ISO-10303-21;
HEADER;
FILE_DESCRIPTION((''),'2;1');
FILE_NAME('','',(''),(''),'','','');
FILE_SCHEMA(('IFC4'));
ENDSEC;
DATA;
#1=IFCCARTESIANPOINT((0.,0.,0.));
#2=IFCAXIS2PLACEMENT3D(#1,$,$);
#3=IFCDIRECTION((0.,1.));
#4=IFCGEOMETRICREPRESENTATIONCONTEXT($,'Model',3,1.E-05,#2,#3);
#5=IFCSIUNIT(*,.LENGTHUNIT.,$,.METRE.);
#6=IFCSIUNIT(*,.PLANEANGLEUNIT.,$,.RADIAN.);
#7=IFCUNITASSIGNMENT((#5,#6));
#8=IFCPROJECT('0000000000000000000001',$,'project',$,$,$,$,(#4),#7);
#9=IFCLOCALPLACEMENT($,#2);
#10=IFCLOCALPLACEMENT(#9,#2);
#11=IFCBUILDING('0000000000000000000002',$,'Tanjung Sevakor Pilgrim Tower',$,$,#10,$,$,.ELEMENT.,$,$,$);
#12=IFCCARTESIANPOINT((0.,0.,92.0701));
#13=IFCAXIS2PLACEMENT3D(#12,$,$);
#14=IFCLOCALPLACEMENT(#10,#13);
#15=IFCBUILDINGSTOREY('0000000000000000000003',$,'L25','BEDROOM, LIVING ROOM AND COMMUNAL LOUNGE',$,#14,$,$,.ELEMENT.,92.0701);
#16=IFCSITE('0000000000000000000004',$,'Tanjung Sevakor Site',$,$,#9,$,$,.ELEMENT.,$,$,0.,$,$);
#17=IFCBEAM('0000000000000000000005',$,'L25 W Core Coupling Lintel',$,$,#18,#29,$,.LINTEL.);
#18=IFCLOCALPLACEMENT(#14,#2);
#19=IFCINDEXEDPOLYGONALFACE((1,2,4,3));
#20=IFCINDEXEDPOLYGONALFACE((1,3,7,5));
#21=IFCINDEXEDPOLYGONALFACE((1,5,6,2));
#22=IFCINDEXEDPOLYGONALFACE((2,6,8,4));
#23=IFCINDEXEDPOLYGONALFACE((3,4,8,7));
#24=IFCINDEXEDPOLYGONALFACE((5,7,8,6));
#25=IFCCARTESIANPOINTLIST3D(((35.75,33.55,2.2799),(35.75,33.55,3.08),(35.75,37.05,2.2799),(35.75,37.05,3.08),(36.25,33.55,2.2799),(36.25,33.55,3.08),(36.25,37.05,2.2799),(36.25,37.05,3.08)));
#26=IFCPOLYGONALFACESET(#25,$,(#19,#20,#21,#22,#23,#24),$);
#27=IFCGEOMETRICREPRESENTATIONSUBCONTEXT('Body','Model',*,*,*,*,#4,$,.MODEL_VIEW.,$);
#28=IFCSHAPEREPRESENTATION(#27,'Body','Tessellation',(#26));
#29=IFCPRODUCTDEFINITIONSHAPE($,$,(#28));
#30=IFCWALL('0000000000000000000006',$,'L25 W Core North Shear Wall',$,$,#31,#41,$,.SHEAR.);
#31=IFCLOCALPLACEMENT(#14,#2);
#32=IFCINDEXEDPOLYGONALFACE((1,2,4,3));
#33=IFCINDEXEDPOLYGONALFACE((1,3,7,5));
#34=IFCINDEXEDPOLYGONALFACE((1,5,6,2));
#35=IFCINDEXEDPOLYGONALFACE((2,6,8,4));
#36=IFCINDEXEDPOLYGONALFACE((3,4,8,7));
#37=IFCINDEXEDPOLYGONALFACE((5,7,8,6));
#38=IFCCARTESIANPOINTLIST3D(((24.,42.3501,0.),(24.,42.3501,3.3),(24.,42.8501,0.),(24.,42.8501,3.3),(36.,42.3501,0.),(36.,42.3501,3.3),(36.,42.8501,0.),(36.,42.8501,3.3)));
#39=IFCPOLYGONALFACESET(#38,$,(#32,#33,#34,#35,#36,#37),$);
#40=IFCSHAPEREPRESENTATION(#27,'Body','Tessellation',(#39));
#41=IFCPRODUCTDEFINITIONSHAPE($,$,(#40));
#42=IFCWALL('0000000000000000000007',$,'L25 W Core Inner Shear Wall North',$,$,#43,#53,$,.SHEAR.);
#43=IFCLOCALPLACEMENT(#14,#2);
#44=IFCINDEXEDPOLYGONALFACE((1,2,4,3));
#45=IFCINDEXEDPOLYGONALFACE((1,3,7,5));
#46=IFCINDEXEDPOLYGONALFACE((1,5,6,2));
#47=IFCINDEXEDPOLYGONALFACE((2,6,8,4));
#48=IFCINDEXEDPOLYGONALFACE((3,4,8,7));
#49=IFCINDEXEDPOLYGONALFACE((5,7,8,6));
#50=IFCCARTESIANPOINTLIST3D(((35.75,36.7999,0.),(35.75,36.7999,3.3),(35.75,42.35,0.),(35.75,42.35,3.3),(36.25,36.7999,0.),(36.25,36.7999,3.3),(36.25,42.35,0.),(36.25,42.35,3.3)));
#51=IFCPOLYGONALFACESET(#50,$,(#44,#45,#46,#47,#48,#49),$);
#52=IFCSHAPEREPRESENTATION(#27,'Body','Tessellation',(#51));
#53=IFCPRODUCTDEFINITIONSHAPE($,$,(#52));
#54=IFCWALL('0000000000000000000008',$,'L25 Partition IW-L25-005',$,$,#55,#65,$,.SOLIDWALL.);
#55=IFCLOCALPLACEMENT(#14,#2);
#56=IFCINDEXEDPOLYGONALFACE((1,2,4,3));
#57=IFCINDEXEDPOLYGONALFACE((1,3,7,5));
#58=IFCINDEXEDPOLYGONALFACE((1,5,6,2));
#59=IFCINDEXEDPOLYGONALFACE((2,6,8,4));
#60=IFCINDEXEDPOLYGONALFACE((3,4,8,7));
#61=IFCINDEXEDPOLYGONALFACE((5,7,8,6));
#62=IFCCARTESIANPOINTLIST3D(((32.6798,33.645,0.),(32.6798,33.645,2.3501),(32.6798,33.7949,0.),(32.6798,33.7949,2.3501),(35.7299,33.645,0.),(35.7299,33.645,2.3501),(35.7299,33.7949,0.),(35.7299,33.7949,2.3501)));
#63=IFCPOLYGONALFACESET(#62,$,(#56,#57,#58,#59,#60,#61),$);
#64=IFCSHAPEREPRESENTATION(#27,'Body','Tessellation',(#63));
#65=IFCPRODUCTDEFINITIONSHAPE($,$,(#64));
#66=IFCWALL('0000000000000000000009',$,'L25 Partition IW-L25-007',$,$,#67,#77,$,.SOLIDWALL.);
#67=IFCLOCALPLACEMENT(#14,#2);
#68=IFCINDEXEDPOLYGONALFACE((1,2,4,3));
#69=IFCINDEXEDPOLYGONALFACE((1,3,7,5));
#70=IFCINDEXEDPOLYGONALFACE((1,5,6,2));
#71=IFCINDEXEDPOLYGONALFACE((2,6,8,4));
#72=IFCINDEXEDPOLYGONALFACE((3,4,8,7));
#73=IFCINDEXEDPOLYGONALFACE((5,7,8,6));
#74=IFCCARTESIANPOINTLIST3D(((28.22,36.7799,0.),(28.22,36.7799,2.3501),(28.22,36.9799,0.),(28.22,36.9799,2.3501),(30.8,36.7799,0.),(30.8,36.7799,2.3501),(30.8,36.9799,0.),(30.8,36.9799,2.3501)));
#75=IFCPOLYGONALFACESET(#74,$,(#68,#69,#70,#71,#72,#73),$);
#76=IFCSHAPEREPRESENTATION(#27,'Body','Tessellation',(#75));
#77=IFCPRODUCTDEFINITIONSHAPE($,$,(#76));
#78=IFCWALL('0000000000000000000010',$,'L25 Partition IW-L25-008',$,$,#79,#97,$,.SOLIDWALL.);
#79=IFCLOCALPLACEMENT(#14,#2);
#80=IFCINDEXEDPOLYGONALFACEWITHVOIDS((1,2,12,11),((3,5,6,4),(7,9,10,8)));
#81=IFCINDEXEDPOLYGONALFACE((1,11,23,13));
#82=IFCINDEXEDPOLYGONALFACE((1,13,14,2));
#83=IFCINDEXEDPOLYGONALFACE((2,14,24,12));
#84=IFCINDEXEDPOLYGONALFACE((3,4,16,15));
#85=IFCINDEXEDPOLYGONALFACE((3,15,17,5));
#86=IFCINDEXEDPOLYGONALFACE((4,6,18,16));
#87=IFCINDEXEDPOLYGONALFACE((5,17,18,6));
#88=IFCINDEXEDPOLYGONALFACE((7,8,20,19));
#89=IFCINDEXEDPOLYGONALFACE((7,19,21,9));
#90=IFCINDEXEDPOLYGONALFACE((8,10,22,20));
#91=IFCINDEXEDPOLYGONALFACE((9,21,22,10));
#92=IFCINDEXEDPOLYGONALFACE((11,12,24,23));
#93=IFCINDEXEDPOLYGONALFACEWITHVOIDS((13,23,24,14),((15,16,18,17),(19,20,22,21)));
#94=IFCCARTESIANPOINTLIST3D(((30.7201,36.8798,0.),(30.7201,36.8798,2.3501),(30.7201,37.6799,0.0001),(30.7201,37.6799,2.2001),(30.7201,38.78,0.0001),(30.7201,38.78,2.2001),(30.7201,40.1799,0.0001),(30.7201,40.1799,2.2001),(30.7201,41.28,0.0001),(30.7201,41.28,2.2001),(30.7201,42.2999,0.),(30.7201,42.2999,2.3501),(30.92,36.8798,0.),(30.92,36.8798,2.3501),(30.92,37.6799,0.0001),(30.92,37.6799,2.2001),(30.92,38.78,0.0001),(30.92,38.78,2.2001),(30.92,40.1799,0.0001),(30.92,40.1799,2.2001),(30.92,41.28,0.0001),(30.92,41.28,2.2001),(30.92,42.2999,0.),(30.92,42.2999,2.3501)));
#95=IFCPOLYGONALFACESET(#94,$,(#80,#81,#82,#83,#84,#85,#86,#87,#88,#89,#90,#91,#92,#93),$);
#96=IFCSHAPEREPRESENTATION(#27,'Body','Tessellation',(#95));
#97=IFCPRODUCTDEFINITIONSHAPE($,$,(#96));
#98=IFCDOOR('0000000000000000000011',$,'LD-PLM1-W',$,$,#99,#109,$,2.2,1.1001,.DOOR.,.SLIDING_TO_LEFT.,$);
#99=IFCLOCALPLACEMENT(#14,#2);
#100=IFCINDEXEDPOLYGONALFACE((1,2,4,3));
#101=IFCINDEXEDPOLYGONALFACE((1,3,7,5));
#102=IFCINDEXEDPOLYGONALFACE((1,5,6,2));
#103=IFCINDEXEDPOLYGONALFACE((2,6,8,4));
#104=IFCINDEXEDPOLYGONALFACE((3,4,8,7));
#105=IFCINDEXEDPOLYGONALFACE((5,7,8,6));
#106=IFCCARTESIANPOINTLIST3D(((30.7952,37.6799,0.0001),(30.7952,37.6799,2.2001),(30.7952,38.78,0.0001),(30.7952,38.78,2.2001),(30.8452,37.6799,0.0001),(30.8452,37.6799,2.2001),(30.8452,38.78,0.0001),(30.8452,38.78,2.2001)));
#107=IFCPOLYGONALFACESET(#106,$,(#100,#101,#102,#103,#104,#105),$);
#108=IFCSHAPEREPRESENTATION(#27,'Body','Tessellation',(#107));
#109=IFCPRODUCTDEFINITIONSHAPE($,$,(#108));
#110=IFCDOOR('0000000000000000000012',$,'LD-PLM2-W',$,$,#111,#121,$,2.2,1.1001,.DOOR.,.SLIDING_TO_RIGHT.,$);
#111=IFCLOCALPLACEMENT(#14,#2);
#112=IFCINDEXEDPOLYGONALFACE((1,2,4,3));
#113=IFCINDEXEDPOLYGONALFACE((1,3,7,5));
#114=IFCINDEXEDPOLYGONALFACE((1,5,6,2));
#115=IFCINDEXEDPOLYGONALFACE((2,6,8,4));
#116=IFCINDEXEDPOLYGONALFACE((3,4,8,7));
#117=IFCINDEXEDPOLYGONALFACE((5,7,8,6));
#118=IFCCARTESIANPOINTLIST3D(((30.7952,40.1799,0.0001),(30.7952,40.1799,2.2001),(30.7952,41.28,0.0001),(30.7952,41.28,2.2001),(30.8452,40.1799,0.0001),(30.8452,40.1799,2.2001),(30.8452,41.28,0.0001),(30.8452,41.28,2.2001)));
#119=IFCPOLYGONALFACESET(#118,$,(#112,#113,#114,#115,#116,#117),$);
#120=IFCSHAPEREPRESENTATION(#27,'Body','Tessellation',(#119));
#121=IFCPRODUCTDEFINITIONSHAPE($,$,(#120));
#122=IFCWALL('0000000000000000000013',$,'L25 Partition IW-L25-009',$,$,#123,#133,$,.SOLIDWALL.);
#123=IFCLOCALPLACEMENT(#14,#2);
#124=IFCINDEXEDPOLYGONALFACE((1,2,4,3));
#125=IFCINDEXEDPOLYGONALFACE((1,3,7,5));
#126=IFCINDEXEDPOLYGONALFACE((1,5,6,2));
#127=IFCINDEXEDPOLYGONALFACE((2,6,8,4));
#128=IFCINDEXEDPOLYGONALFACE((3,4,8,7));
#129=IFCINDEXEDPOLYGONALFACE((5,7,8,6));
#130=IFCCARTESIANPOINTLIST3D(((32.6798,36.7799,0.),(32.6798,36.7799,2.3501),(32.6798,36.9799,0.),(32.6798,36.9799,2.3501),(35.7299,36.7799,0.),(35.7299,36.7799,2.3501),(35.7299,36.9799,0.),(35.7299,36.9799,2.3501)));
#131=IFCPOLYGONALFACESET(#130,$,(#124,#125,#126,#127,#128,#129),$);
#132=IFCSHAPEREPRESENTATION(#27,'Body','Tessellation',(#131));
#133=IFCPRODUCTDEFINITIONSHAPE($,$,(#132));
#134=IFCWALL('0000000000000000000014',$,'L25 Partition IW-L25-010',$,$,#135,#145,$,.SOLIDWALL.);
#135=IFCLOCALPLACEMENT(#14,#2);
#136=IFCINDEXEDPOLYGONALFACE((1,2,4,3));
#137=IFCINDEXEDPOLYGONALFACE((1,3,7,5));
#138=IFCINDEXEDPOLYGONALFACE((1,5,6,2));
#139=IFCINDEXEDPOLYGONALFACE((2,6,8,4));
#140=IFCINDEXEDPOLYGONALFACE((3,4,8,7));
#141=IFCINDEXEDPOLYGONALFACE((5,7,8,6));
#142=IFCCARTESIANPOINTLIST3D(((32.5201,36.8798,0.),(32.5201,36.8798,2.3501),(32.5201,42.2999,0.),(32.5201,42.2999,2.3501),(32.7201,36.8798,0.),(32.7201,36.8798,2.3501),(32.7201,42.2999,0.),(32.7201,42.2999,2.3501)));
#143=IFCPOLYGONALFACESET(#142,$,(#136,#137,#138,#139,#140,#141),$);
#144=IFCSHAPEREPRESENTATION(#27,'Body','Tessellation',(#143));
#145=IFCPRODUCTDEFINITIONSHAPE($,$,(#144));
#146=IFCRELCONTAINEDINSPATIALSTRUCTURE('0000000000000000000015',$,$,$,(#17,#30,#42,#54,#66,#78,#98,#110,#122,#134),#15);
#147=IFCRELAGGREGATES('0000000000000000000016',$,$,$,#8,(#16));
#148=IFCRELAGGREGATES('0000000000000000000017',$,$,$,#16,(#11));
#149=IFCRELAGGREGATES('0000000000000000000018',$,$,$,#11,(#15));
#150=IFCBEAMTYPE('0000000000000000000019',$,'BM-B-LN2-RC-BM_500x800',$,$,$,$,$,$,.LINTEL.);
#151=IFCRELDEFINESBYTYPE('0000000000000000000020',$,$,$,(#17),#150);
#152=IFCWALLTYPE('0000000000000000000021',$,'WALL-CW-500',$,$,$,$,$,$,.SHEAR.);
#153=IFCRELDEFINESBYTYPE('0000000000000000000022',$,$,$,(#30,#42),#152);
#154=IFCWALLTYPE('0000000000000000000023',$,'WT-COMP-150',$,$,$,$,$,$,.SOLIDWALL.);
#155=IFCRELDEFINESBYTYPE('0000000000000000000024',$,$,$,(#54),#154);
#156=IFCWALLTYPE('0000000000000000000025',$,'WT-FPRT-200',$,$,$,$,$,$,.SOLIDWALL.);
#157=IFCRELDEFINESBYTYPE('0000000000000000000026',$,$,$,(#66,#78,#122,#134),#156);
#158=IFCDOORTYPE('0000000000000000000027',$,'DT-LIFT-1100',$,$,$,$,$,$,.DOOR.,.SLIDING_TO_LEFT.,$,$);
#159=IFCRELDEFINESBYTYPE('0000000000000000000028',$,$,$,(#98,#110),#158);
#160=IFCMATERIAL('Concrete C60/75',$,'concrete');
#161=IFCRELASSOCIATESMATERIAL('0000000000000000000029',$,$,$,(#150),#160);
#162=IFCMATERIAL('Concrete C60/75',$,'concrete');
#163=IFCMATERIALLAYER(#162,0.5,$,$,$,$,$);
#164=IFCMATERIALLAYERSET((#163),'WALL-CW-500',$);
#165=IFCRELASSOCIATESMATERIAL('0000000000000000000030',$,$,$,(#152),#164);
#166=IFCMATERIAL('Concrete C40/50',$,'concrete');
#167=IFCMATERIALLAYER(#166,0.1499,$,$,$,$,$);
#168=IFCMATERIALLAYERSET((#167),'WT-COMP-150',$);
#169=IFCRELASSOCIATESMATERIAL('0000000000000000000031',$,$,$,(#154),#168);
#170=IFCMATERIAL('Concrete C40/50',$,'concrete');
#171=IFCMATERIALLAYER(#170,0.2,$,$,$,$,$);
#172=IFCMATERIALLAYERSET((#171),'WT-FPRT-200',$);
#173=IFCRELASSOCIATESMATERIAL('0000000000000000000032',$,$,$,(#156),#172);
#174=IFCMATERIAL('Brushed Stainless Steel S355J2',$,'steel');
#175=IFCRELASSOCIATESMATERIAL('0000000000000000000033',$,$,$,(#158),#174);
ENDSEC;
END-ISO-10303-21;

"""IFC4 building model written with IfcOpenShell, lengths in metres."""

from ifc_helpers import new_model, si_unit, direction, frame, frame_2d, origin, origin_2d, place, context, subcontext, project, spatial, rectangle, extrude, material, layer, layer_set, material_profile, profile_set, type_object, element, fill, save


model = new_model("IFC4")

# Units and contexts
model_context = context("Model", 3, precision=1e-05, world=origin(), true_north=direction((0.0, 1.0)))
body_context = subcontext(model_context, "Body", "Model", "MODEL_VIEW")
ifc_project = project(units=[si_unit("LENGTHUNIT", "METRE"), si_unit("PLANEANGLEUNIT", "RADIAN")], contexts=[model_context])

# Site, building, storey
site_placement = place(None, origin())
site = spatial("IfcSite", under=ifc_project, at=site_placement, Name="Tanjung Sevakor Site", CompositionType="ELEMENT", RefElevation=0.0)
building_placement = place(site_placement, origin())
building = spatial("IfcBuilding", under=site, at=building_placement, Name="Tanjung Sevakor Pilgrim Tower", CompositionType="ELEMENT")
storey_placement = place(building_placement, frame((0.0, 0.0, 92.0701)))
storey = spatial("IfcBuildingStorey", under=building, at=storey_placement, Name="L25", Description="BEDROOM, LIVING ROOM AND COMMUNAL LOUNGE", CompositionType="ELEMENT", Elevation=92.0701)

# Beam
ifc_material_1 = material(Name="Concrete C60/75", Category="concrete")
ifc_material_profile_1 = material_profile(ifc_material_1, rectangle(XDim=0.5, YDim=0.8, at=origin_2d()))
ifc_profile_set_1 = profile_set([ifc_material_profile_1], Name="Concrete C60/75")
beam_type_1 = type_object("IfcBeamType", Name="BM-B-LN2-RC-BM_500x800", PredefinedType="LINTEL", material=ifc_profile_set_1)
beam_1_placement = place(storey_placement, frame((36.0, 33.55, 2.6799), z_axis=(0.0, 1.0, 0.0), x_axis=(-1.0, 0.0, 0.0)))
element("IfcBeam", 1, at=beam_1_placement, inside=storey, type_object=beam_type_1, Name="L25 W Core Coupling Lintel", PredefinedType="LINTEL", context=body_context, shape_type="SweptSolid", body=[
    extrude(rectangle(XDim=0.5, YDim=0.8, at=origin_2d()), origin(), (0.0, 0.0, 1.0), 3.5),
])

# Walls
ifc_material_2 = material(Name="Concrete C60/75", Category="concrete")
ifc_layer_1 = layer(ifc_material_2, 0.5)
ifc_layer_set_1 = layer_set([ifc_layer_1], Name="WALL-CW-500")
wall_type_1 = type_object("IfcWallType", Name="WALL-CW-500", PredefinedType="SHEAR", material=ifc_layer_set_1)
wall_1_placement = place(storey_placement, frame((36.0, 42.6001, 0.0), z_axis=(0.0, 0.0, 1.0), x_axis=(-1.0, 0.0, 0.0)))
element("IfcWall", 2, at=wall_1_placement, inside=storey, type_object=wall_type_1, Name="L25 W Core North Shear Wall", PredefinedType="SHEAR", context=body_context, shape_type="SweptSolid", body=[
    extrude(rectangle(XDim=12.0, YDim=0.5, at=frame_2d((6.0, 0.0))), origin(), (0.0, 0.0, 1.0), 3.3),
])
wall_2_placement = place(storey_placement, frame((36.0, 36.8, 0.0), z_axis=(0.0, 0.0, 1.0), x_axis=(0.0, 1.0, 0.0)))
element("IfcWall", 3, at=wall_2_placement, inside=storey, type_object=wall_type_1, Name="L25 W Core Inner Shear Wall North", PredefinedType="SHEAR", context=body_context, shape_type="SweptSolid", body=[
    extrude(rectangle(XDim=5.55, YDim=0.5, at=frame_2d((2.7749, 0.0))), origin(), (0.0, 0.0, 1.0), 3.3),
])

# Shared definitions
ifc_material_3 = material(Name="Concrete C40/50", Category="concrete")
ifc_layer_2 = layer(ifc_material_3, 0.1499)
ifc_layer_set_2 = layer_set([ifc_layer_2], Name="WT-COMP-150")
wall_type_2 = type_object("IfcWallType", Name="WT-COMP-150", PredefinedType="SOLIDWALL", material=ifc_layer_set_2)

# Wall
wall_3_placement = place(storey_placement, frame((32.6799, 33.72, 0.0), z_axis=(0.0, 0.0, 1.0), x_axis=(1.0, 0.0, 0.0)))
element("IfcWall", 4, at=wall_3_placement, inside=storey, type_object=wall_type_2, Name="L25 Partition IW-L25-005", PredefinedType="SOLIDWALL", context=body_context, shape_type="SweptSolid", body=[
    extrude(rectangle(XDim=3.05, YDim=0.1499, at=frame_2d((1.5249, 0.0))), origin(), (0.0, 0.0, 1.0), 2.3501),
])

# Wall
ifc_material_4 = material(Name="Concrete C40/50", Category="concrete")
ifc_layer_3 = layer(ifc_material_4, 0.2)
ifc_layer_set_3 = layer_set([ifc_layer_3], Name="WT-FPRT-200")
wall_type_3 = type_object("IfcWallType", Name="WT-FPRT-200", PredefinedType="SOLIDWALL", material=ifc_layer_set_3)
wall_4_placement = place(storey_placement, frame((28.22, 36.8799, 0.0), z_axis=(0.0, 0.0, 1.0), x_axis=(1.0, 0.0, 0.0)))
element("IfcWall", 5, at=wall_4_placement, inside=storey, type_object=wall_type_3, Name="L25 Partition IW-L25-007", PredefinedType="SOLIDWALL", context=body_context, shape_type="SweptSolid", body=[
    extrude(rectangle(XDim=2.5801, YDim=0.2, at=frame_2d((1.29, 0.0))), origin(), (0.0, 0.0, 1.0), 2.3501),
])

# Wall, openings, doors
wall_5_placement = place(storey_placement, frame((30.8201, 36.8799, 0.0), z_axis=(0.0, 0.0, 1.0), x_axis=(0.0, 1.0, 0.0)))
wall_5 = element("IfcWall", 6, at=wall_5_placement, inside=storey, type_object=wall_type_3, Name="L25 Partition IW-L25-008", PredefinedType="SOLIDWALL", context=body_context, shape_type="SweptSolid", body=[
    extrude(rectangle(XDim=5.4202, YDim=0.2, at=frame_2d((2.71, 0.0))), origin(), (0.0, 0.0, 1.0), 2.3501),
])
opening_1_placement = place(wall_5_placement, frame((0.8, 0.0, 0.0)))
opening_1 = element("IfcOpeningElement", 7, at=opening_1_placement, cuts=wall_5, PredefinedType="OPENING", context=body_context, shape_type="SweptSolid", body=[
    extrude(rectangle(XDim=1.1001, YDim=2.2, at=frame_2d((0.55, 1.1001))), frame((0.0, 0.1099, 0.0), z_axis=(0.0, -1.0, 0.0), x_axis=(1.0, 0.0, 0.0)), (0.0, 0.0, 1.0), 0.22),
])
opening_2_placement = place(wall_5_placement, frame((3.3, 0.0, 0.0)))
opening_2 = element("IfcOpeningElement", 8, at=opening_2_placement, cuts=wall_5, PredefinedType="OPENING", context=body_context, shape_type="SweptSolid", body=[
    extrude(rectangle(XDim=1.1001, YDim=2.2, at=frame_2d((0.55, 1.1001))), frame((0.0, 0.1099, 0.0), z_axis=(0.0, -1.0, 0.0), x_axis=(1.0, 0.0, 0.0)), (0.0, 0.0, 1.0), 0.22),
])
ifc_material_5 = material(Name="Brushed Stainless Steel S355J2", Category="steel")
door_type_1 = type_object("IfcDoorType", Name="DT-LIFT-1100", OperationType="SLIDING_TO_LEFT", PredefinedType="DOOR", material=ifc_material_5)
door_1_placement = place(opening_1_placement, origin())
door_1 = element("IfcDoor", 9, at=door_1_placement, inside=storey, type_object=door_type_1, Name="LD-PLM1-W", OperationType="SLIDING_TO_LEFT", OverallHeight=2.2, OverallWidth=1.1001, PredefinedType="DOOR", context=body_context, shape_type="SweptSolid", body=[
    extrude(rectangle(XDim=1.1001, YDim=2.2, at=frame_2d((0.55, 1.1001))), frame((0.0, 0.0249, 0.0), z_axis=(0.0, -1.0, 0.0), x_axis=(1.0, 0.0, 0.0)), (0.0, 0.0, 1.0), 0.05),
])
fill(opening_1, door_1)
door_2_placement = place(opening_2_placement, origin())
door_2 = element("IfcDoor", 10, at=door_2_placement, inside=storey, type_object=door_type_1, Name="LD-PLM2-W", OperationType="SLIDING_TO_RIGHT", OverallHeight=2.2, OverallWidth=1.1001, PredefinedType="DOOR", context=body_context, shape_type="SweptSolid", body=[
    extrude(rectangle(XDim=1.1001, YDim=2.2, at=frame_2d((0.55, 1.1001))), frame((0.0, 0.0249, 0.0), z_axis=(0.0, -1.0, 0.0), x_axis=(1.0, 0.0, 0.0)), (0.0, 0.0, 1.0), 0.05),
])
fill(opening_2, door_2)

# Walls
wall_6_placement = place(storey_placement, frame((32.6799, 36.8799, 0.0), z_axis=(0.0, 0.0, 1.0), x_axis=(1.0, 0.0, 0.0)))
element("IfcWall", 11, at=wall_6_placement, inside=storey, type_object=wall_type_3, Name="L25 Partition IW-L25-009", PredefinedType="SOLIDWALL", context=body_context, shape_type="SweptSolid", body=[
    extrude(rectangle(XDim=3.05, YDim=0.2, at=frame_2d((1.5249, 0.0))), origin(), (0.0, 0.0, 1.0), 2.3501),
])
wall_7_placement = place(storey_placement, frame((32.6201, 36.8799, 0.0), z_axis=(0.0, 0.0, 1.0), x_axis=(0.0, 1.0, 0.0)))
element("IfcWall", 12, at=wall_7_placement, inside=storey, type_object=wall_type_3, Name="L25 Partition IW-L25-010", PredefinedType="SOLIDWALL", context=body_context, shape_type="SweptSolid", body=[
    extrude(rectangle(XDim=5.4202, YDim=0.2, at=frame_2d((2.71, 0.0))), origin(), (0.0, 0.0, 1.0), 2.3501),
])

save(model, "model.ifc")
